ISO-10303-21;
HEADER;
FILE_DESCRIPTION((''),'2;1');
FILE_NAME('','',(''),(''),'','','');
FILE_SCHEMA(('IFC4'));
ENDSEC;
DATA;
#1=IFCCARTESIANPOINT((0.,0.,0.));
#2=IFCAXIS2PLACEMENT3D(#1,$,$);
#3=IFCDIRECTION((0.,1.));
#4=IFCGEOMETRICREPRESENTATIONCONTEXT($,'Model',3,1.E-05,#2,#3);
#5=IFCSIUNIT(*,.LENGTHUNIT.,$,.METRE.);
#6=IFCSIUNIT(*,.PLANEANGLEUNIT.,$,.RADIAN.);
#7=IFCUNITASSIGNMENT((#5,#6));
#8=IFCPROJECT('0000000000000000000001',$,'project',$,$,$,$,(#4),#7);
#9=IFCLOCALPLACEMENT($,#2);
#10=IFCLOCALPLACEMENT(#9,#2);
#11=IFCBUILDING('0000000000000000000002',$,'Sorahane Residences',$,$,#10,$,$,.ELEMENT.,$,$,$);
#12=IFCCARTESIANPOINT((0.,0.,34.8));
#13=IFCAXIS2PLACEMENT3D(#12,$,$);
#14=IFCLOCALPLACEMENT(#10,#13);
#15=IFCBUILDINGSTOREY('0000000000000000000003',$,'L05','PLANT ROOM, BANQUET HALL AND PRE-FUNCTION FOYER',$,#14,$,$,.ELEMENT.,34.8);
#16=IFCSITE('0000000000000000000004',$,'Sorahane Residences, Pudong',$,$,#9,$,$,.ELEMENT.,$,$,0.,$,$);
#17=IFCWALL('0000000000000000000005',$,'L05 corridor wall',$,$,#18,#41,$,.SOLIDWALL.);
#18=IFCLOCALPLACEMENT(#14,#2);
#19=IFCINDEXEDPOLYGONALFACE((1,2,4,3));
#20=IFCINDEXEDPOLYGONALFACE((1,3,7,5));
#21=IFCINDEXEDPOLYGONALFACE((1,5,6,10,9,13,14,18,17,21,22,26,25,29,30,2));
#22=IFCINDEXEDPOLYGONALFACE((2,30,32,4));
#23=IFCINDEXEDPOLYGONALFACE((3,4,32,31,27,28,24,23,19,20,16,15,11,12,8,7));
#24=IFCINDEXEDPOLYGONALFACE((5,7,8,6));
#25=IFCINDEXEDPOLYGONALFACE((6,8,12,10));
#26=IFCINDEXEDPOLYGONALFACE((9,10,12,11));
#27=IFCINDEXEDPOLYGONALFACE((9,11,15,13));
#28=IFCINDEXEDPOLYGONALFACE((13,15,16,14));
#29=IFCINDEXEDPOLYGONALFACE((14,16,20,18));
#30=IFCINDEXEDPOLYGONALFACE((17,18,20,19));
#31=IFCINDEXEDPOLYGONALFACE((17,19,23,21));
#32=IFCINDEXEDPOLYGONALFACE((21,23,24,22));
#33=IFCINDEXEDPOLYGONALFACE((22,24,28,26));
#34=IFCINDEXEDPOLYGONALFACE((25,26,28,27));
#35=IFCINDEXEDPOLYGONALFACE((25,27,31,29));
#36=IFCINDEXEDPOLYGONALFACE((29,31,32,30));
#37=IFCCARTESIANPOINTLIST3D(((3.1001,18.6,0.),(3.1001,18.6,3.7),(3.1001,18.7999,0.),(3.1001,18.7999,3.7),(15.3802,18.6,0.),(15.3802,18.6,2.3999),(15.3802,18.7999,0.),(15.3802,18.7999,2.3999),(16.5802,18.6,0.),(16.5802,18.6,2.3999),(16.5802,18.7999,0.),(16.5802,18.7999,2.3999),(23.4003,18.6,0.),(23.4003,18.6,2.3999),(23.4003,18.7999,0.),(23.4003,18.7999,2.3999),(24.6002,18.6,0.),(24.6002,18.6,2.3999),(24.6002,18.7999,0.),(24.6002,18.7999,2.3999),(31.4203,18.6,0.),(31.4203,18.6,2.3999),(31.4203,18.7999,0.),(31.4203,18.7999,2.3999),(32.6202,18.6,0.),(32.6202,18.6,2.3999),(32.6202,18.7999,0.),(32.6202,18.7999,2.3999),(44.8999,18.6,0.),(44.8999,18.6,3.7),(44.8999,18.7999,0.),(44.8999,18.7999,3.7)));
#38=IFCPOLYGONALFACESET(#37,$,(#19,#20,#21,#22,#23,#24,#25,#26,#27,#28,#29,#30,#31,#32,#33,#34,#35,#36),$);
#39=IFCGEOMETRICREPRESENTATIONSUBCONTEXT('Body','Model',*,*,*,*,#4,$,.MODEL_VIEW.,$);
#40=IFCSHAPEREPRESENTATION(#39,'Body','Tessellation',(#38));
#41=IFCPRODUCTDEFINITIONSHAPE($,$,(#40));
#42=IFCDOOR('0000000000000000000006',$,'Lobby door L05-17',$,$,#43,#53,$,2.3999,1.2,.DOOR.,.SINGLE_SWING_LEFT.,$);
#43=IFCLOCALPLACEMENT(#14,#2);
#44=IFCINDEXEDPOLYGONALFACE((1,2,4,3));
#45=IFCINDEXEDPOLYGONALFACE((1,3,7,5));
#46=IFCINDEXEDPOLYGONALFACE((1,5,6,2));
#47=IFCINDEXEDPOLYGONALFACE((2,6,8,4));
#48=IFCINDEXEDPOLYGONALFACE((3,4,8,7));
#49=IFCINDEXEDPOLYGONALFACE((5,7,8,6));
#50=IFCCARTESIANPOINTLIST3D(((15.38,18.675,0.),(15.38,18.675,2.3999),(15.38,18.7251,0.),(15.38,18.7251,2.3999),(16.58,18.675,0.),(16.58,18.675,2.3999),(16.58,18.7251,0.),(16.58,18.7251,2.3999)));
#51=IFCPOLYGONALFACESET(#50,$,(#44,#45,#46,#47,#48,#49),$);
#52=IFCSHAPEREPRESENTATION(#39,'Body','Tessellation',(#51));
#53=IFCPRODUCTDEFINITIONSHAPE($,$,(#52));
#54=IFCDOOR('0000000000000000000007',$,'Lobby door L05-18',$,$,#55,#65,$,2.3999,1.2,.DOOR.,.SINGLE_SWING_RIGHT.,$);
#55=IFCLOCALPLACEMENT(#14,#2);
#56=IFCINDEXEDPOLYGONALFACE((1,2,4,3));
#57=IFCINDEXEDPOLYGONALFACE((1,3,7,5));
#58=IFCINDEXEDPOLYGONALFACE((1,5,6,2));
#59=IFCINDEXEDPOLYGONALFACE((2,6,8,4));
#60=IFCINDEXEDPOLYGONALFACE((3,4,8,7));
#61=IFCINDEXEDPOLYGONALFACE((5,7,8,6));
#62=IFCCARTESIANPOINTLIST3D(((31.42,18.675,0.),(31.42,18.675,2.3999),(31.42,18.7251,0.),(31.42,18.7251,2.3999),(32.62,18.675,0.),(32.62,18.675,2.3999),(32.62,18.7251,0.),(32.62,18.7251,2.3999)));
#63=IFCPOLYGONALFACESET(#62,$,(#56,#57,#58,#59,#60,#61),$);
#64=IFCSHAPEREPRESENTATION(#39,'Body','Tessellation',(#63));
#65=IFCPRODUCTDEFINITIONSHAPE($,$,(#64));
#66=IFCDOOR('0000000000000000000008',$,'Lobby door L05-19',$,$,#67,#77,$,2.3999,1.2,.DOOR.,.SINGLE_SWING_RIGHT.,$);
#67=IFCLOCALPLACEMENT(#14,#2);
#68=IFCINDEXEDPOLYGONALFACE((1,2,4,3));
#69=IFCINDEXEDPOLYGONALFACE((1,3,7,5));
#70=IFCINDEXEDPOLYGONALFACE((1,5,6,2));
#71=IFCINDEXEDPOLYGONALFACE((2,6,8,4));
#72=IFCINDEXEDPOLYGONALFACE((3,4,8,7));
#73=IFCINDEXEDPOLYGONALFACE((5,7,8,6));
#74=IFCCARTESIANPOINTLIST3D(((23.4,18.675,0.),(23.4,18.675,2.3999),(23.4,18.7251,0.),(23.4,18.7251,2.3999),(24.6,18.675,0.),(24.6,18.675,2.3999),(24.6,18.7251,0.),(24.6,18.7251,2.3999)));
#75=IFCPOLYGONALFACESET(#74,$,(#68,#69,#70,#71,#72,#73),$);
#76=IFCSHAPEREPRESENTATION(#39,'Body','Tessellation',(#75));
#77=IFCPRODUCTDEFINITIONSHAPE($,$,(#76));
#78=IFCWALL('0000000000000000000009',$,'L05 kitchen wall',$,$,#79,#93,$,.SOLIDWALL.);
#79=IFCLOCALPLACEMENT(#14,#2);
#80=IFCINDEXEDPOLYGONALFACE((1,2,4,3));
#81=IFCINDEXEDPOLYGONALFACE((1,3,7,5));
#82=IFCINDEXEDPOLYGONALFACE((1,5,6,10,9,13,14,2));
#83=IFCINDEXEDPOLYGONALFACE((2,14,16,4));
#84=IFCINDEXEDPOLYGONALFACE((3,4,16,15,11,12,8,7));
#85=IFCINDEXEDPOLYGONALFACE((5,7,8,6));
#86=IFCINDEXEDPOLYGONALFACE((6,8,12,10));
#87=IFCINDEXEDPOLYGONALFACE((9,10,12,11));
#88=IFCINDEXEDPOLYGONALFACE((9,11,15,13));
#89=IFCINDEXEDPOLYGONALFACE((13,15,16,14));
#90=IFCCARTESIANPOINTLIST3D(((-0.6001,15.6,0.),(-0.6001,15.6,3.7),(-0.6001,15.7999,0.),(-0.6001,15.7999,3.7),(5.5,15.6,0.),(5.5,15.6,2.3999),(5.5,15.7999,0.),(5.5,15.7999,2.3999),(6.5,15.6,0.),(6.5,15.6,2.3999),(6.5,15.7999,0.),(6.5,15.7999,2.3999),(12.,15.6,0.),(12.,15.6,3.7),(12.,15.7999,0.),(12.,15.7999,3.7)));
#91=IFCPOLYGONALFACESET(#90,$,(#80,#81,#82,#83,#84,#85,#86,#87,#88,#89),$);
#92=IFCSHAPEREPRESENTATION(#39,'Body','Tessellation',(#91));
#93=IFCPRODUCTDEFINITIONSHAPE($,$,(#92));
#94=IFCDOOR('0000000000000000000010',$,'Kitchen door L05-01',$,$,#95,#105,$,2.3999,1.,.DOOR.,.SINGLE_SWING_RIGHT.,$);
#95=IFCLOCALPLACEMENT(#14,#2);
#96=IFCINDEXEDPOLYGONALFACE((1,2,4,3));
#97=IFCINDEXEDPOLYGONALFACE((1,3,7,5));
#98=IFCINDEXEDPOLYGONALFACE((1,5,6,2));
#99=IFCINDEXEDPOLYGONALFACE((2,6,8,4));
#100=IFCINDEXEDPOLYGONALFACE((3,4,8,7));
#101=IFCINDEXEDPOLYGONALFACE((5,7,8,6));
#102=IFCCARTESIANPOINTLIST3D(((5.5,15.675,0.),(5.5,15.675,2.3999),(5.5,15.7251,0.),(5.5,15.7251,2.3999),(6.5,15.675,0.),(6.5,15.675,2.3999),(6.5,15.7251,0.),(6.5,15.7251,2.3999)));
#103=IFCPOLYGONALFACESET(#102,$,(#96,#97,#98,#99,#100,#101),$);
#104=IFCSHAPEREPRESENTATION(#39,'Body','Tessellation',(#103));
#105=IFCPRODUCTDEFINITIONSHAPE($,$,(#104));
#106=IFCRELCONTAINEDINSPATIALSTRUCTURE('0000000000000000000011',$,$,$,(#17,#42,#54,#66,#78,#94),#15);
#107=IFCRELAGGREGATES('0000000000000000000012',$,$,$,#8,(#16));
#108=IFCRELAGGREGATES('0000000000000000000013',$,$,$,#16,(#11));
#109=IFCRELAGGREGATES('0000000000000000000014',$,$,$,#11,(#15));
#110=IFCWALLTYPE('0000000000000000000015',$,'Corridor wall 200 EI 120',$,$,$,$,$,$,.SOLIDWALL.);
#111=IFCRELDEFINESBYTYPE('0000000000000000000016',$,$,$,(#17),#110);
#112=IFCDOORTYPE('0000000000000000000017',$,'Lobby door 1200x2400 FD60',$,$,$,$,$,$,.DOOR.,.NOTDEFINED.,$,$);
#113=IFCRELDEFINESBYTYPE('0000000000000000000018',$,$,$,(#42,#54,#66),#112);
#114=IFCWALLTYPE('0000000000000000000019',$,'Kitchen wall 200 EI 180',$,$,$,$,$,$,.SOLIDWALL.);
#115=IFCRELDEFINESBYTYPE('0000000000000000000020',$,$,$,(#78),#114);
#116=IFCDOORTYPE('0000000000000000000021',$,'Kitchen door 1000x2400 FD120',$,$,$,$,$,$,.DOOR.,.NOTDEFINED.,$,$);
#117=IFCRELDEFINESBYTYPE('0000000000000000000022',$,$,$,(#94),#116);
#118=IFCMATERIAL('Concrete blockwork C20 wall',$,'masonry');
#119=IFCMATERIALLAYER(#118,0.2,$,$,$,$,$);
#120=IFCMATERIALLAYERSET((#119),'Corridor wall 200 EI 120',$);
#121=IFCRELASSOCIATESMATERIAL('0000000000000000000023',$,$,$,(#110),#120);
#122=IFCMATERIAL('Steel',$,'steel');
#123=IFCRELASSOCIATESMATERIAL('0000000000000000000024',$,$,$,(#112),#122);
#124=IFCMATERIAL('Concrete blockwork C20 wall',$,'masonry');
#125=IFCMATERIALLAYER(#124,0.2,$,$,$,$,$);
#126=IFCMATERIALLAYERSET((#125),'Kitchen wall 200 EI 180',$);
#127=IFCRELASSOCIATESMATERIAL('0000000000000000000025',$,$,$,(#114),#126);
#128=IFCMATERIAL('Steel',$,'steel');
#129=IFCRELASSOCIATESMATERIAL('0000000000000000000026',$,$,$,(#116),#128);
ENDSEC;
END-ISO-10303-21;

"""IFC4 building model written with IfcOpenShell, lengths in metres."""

from ifc_helpers import new_model, si_unit, direction, frame, frame_2d, origin, place, context, subcontext, project, spatial, rectangle, extrude, material, layer, layer_set, type_object, element, fill, save


model = new_model("IFC4")

# Units and contexts
model_context = context("Model", 3, precision=1e-05, world=origin(), true_north=direction((0.0, 1.0)))
body_context = subcontext(model_context, "Body", "Model", "MODEL_VIEW")
ifc_project = project(units=[si_unit("LENGTHUNIT", "METRE"), si_unit("PLANEANGLEUNIT", "RADIAN")], contexts=[model_context])

# Site, building, storey
site_placement = place(None, origin())
site = spatial("IfcSite", under=ifc_project, at=site_placement, Name="Sorahane Residences, Pudong", CompositionType="ELEMENT", RefElevation=0.0)
building_placement = place(site_placement, origin())
building = spatial("IfcBuilding", under=site, at=building_placement, Name="Sorahane Residences", CompositionType="ELEMENT")
storey_placement = place(building_placement, frame((0.0, 0.0, 34.8)))
storey = spatial("IfcBuildingStorey", under=building, at=storey_placement, Name="L05", Description="PLANT ROOM, BANQUET HALL AND PRE-FUNCTION FOYER", CompositionType="ELEMENT", Elevation=34.8)

# Shared definitions
ifc_material_1 = material(Name="Concrete blockwork C20 wall", Category="masonry")
ifc_layer_1 = layer(ifc_material_1, 0.2)
ifc_layer_set_1 = layer_set([ifc_layer_1], Name="Corridor wall 200 EI 120")
wall_type_1 = type_object("IfcWallType", Name="Corridor wall 200 EI 120", PredefinedType="SOLIDWALL", material=ifc_layer_set_1)

# Wall, openings, doors
wall_1_placement = place(storey_placement, frame((3.1001, 18.7, 0.0), z_axis=(0.0, 0.0, 1.0), x_axis=(1.0, 0.0, 0.0)))
wall_1 = element("IfcWall", 1, at=wall_1_placement, inside=storey, type_object=wall_type_1, Name="L05 corridor wall", PredefinedType="SOLIDWALL", context=body_context, shape_type="SweptSolid", body=[
    extrude(rectangle(XDim=41.7998, YDim=0.2, at=frame_2d((20.8999, 0.0))), origin(), (0.0, 0.0, 1.0), 3.7),
])
opening_1_placement = place(wall_1_placement, frame((12.28, 0.0, 0.0)))
opening_1 = element("IfcOpeningElement", 2, at=opening_1_placement, cuts=wall_1, PredefinedType="OPENING", context=body_context, shape_type="SweptSolid", body=[
    extrude(rectangle(XDim=1.2, YDim=2.3999, at=frame_2d((0.6001, 1.2))), frame((0.0, 0.1099, 0.0), z_axis=(0.0, -1.0, 0.0), x_axis=(1.0, 0.0, 0.0)), (0.0, 0.0, 1.0), 0.22),
])
opening_2_placement = place(wall_1_placement, frame((28.3201, 0.0, 0.0)))
opening_2 = element("IfcOpeningElement", 3, at=opening_2_placement, cuts=wall_1, PredefinedType="OPENING", context=body_context, shape_type="SweptSolid", body=[
    extrude(rectangle(XDim=1.2, YDim=2.3999, at=frame_2d((0.6001, 1.2))), frame((0.0, 0.1099, 0.0), z_axis=(0.0, -1.0, 0.0), x_axis=(1.0, 0.0, 0.0)), (0.0, 0.0, 1.0), 0.22),
])
opening_3_placement = place(wall_1_placement, frame((20.3, 0.0, 0.0)))
opening_3 = element("IfcOpeningElement", 4, at=opening_3_placement, cuts=wall_1, PredefinedType="OPENING", context=body_context, shape_type="SweptSolid", body=[
    extrude(rectangle(XDim=1.2, YDim=2.3999, at=frame_2d((0.6001, 1.2))), frame((0.0, 0.1099, 0.0), z_axis=(0.0, -1.0, 0.0), x_axis=(1.0, 0.0, 0.0)), (0.0, 0.0, 1.0), 0.22),
])
ifc_material_2 = material(Name="Steel", Category="steel")
door_type_1 = type_object("IfcDoorType", Name="Lobby door 1200x2400 FD60", OperationType="NOTDEFINED", PredefinedType="DOOR", material=ifc_material_2)
door_1_placement = place(opening_1_placement, frame((1.2, 0.0, 0.0), z_axis=(0.0, 0.0, 1.0), x_axis=(-1.0, 0.0, 0.0)))
door_1 = element("IfcDoor", 5, at=door_1_placement, inside=storey, type_object=door_type_1, Name="Lobby door L05-17", OperationType="SINGLE_SWING_LEFT", OverallHeight=2.3999, OverallWidth=1.2, PredefinedType="DOOR", context=body_context, shape_type="SweptSolid", body=[
    extrude(rectangle(XDim=1.2, YDim=2.3999, at=frame_2d((0.6001, 1.2))), frame((0.0, 0.0249, 0.0), z_axis=(0.0, -1.0, 0.0), x_axis=(1.0, 0.0, 0.0)), (0.0, 0.0, 1.0), 0.05),
])
fill(opening_1, door_1)
door_2_placement = place(opening_2_placement, frame((1.2, 0.0, 0.0), z_axis=(0.0, 0.0, 1.0), x_axis=(-1.0, 0.0, 0.0)))
door_2 = element("IfcDoor", 6, at=door_2_placement, inside=storey, type_object=door_type_1, Name="Lobby door L05-18", OperationType="SINGLE_SWING_RIGHT", OverallHeight=2.3999, OverallWidth=1.2, PredefinedType="DOOR", context=body_context, shape_type="SweptSolid", body=[
    extrude(rectangle(XDim=1.2, YDim=2.3999, at=frame_2d((0.6001, 1.2))), frame((0.0, 0.0249, 0.0), z_axis=(0.0, -1.0, 0.0), x_axis=(1.0, 0.0, 0.0)), (0.0, 0.0, 1.0), 0.05),
])
fill(opening_2, door_2)
door_3_placement = place(opening_3_placement, frame((1.2, 0.0, 0.0), z_axis=(0.0, 0.0, 1.0), x_axis=(-1.0, 0.0, 0.0)))
door_3 = element("IfcDoor", 7, at=door_3_placement, inside=storey, type_object=door_type_1, Name="Lobby door L05-19", OperationType="SINGLE_SWING_RIGHT", OverallHeight=2.3999, OverallWidth=1.2, PredefinedType="DOOR", context=body_context, shape_type="SweptSolid", body=[
    extrude(rectangle(XDim=1.2, YDim=2.3999, at=frame_2d((0.6001, 1.2))), frame((0.0, 0.0249, 0.0), z_axis=(0.0, -1.0, 0.0), x_axis=(1.0, 0.0, 0.0)), (0.0, 0.0, 1.0), 0.05),
])
fill(opening_3, door_3)

# Wall, opening, door
ifc_material_3 = material(Name="Concrete blockwork C20 wall", Category="masonry")
ifc_layer_2 = layer(ifc_material_3, 0.2)
ifc_layer_set_2 = layer_set([ifc_layer_2], Name="Kitchen wall 200 EI 180")
wall_type_2 = type_object("IfcWallType", Name="Kitchen wall 200 EI 180", PredefinedType="SOLIDWALL", material=ifc_layer_set_2)
wall_2_placement = place(storey_placement, frame((-0.6001, 15.7, 0.0), z_axis=(0.0, 0.0, 1.0), x_axis=(1.0, 0.0, 0.0)))
wall_2 = element("IfcWall", 8, at=wall_2_placement, inside=storey, type_object=wall_type_2, Name="L05 kitchen wall", PredefinedType="SOLIDWALL", context=body_context, shape_type="SweptSolid", body=[
    extrude(rectangle(XDim=12.6001, YDim=0.2, at=frame_2d((6.3, 0.0))), origin(), (0.0, 0.0, 1.0), 3.7),
])
opening_4_placement = place(wall_2_placement, frame((6.1001, 0.0, 0.0)))
opening_4 = element("IfcOpeningElement", 9, at=opening_4_placement, cuts=wall_2, PredefinedType="OPENING", context=body_context, shape_type="SweptSolid", body=[
    extrude(rectangle(XDim=1.0, YDim=2.3999, at=frame_2d((0.5, 1.2))), frame((0.0, 0.1099, 0.0), z_axis=(0.0, -1.0, 0.0), x_axis=(1.0, 0.0, 0.0)), (0.0, 0.0, 1.0), 0.22),
])
ifc_material_4 = material(Name="Steel", Category="steel")
door_type_2 = type_object("IfcDoorType", Name="Kitchen door 1000x2400 FD120", OperationType="NOTDEFINED", PredefinedType="DOOR", material=ifc_material_4)
door_4_placement = place(opening_4_placement, frame((1.0, 0.0, 0.0), z_axis=(0.0, 0.0, 1.0), x_axis=(-1.0, 0.0, 0.0)))
door_4 = element("IfcDoor", 10, at=door_4_placement, inside=storey, type_object=door_type_2, Name="Kitchen door L05-01", OperationType="SINGLE_SWING_RIGHT", OverallHeight=2.3999, OverallWidth=1.0, PredefinedType="DOOR", context=body_context, shape_type="SweptSolid", body=[
    extrude(rectangle(XDim=1.0, YDim=2.3999, at=frame_2d((0.5, 1.2))), frame((0.0, 0.0249, 0.0), z_axis=(0.0, -1.0, 0.0), x_axis=(1.0, 0.0, 0.0)), (0.0, 0.0, 1.0), 0.05),
])
fill(opening_4, door_4)

save(model, "model.ifc")
